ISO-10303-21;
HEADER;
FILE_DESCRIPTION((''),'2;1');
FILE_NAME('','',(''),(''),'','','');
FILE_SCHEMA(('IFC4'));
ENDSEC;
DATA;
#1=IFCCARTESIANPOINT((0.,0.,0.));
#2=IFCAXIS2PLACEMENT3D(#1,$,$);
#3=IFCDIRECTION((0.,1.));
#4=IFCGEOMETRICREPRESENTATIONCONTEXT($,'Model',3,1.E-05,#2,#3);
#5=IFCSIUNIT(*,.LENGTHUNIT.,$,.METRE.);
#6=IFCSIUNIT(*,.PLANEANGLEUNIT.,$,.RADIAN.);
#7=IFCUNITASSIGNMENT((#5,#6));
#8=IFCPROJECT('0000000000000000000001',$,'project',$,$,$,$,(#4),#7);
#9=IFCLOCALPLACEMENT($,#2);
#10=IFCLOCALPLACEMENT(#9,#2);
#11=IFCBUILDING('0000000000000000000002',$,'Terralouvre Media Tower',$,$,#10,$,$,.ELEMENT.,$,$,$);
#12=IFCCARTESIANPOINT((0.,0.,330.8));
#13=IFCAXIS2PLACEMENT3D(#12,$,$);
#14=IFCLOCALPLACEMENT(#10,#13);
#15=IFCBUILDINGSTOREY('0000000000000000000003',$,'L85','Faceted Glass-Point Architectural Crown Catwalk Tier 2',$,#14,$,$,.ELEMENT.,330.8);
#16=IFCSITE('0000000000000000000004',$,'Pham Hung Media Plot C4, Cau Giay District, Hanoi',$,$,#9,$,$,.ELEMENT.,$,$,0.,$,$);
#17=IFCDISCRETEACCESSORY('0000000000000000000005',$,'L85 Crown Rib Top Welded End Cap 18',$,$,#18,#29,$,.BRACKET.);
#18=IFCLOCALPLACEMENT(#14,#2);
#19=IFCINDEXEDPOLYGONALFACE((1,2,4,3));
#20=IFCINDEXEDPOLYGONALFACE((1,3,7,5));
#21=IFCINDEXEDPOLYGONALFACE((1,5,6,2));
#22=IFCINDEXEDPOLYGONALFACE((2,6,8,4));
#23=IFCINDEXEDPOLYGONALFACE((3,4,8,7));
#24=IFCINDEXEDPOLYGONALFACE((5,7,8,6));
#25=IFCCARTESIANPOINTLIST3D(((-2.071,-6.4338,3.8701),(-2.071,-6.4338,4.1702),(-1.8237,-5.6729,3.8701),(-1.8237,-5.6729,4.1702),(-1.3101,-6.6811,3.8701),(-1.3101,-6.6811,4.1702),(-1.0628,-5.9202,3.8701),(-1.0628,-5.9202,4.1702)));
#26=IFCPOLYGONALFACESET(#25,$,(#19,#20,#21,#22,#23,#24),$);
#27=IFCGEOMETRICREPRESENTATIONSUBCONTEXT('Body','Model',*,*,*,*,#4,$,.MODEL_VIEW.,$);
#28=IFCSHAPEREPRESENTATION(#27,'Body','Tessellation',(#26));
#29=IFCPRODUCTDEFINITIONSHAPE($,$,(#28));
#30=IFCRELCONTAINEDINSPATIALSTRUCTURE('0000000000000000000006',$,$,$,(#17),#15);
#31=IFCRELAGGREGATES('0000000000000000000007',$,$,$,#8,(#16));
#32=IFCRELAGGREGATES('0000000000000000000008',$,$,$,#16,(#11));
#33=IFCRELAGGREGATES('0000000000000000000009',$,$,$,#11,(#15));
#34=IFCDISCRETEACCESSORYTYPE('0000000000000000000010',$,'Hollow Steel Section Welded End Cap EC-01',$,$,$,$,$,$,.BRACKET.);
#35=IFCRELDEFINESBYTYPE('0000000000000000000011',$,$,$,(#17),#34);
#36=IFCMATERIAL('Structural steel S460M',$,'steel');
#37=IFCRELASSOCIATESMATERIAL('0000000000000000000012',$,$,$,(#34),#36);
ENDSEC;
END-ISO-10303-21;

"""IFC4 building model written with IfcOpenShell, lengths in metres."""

from ifc_helpers import new_model, si_unit, direction, frame, origin, origin_2d, place, context, subcontext, project, spatial, rectangle, extrude, material, type_object, element, save


model = new_model("IFC4")

# Units and contexts
model_context = context("Model", 3, precision=1e-05, world=origin(), true_north=direction((0.0, 1.0)))
body_context = subcontext(model_context, "Body", "Model", "MODEL_VIEW")
ifc_project = project(units=[si_unit("LENGTHUNIT", "METRE"), si_unit("PLANEANGLEUNIT", "RADIAN")], contexts=[model_context])

# Site, building, storey
site_placement = place(None, origin())
site = spatial("IfcSite", under=ifc_project, at=site_placement, Name="Pham Hung Media Plot C4, Cau Giay District, Hanoi", CompositionType="ELEMENT", RefElevation=0.0)
building_placement = place(site_placement, origin())
building = spatial("IfcBuilding", under=site, at=building_placement, Name="Terralouvre Media Tower", CompositionType="ELEMENT")
storey_placement = place(building_placement, frame((0.0, 0.0, 330.8)))
storey = spatial("IfcBuildingStorey", under=building, at=storey_placement, Name="L85", Description="Faceted Glass-Point Architectural Crown Catwalk Tier 2", CompositionType="ELEMENT", Elevation=330.8)

# Discrete accessory
ifc_material_1 = material(Name="Structural steel S460M", Category="steel")
discrete_accessory_type = type_object("IfcDiscreteAccessoryType", Name="Hollow Steel Section Welded End Cap EC-01", PredefinedType="BRACKET", material=ifc_material_1)
discrete_accessory_1_placement = place(storey_placement, frame((-1.5669, -6.177, 3.8701), z_axis=(0.0, 0.0, 1.0), x_axis=(0.309017, 0.951057, 0.0)))
element("IfcDiscreteAccessory", 1, at=discrete_accessory_1_placement, inside=storey, type_object=discrete_accessory_type, Name="L85 Crown Rib Top Welded End Cap 18", PredefinedType="BRACKET", context=body_context, shape_type="SweptSolid", body=[
    extrude(rectangle(XDim=0.8, YDim=0.8, at=origin_2d()), origin(), (0.0, 0.0, 1.0), 0.3),
])

save(model, "model.ifc")
